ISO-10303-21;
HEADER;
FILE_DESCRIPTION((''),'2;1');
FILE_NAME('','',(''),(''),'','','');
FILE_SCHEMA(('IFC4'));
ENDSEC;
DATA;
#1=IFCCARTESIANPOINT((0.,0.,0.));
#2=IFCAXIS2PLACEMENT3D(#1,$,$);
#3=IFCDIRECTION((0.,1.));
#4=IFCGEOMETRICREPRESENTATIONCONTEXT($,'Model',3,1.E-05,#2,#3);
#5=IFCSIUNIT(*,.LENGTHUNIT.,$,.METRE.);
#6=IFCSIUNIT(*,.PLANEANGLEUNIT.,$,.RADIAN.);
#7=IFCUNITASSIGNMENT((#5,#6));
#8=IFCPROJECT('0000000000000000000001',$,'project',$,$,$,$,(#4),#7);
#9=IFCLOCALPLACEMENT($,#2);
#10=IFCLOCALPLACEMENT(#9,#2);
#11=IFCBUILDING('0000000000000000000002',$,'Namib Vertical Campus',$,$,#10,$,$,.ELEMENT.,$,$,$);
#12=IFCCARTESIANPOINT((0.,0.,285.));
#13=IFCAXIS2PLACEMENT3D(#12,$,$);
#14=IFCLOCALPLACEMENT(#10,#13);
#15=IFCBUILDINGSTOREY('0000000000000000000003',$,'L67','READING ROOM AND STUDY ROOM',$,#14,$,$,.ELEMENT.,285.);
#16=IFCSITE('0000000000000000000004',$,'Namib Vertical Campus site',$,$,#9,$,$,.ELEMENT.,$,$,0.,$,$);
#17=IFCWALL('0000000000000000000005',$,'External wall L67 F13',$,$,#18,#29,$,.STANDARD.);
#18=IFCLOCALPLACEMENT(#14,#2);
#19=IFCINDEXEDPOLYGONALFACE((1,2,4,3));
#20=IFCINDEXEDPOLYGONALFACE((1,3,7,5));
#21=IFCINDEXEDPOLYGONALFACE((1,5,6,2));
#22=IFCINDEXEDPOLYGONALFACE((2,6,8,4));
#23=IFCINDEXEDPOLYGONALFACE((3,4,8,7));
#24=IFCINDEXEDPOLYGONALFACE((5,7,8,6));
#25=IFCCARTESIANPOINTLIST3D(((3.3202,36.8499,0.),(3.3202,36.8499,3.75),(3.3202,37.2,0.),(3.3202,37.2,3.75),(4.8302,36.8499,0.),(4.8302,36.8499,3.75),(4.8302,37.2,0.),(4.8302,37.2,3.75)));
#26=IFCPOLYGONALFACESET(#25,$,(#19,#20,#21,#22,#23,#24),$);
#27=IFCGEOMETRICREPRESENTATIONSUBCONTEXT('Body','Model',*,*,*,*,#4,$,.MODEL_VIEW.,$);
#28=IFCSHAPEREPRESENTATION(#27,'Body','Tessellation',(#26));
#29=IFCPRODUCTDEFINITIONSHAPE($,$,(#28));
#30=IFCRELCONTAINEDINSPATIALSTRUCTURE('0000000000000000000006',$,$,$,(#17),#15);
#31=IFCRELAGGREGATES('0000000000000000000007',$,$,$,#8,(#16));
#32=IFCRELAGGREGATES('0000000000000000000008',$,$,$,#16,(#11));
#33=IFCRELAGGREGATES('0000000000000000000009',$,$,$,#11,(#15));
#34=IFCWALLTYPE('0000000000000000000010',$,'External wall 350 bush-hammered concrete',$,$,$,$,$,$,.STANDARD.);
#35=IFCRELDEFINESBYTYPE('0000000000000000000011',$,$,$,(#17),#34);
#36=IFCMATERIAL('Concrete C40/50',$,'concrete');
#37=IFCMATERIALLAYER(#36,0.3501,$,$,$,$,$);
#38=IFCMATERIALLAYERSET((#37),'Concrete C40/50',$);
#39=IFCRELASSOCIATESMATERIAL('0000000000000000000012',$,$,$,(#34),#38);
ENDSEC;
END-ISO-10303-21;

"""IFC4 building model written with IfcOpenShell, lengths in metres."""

from ifc_helpers import new_model, si_unit, direction, frame, frame_2d, origin, place, context, subcontext, project, spatial, rectangle, extrude, material, layer, layer_set, type_object, element, save


model = new_model("IFC4")

# Units and contexts
model_context = context("Model", 3, precision=1e-05, world=origin(), true_north=direction((0.0, 1.0)))
body_context = subcontext(model_context, "Body", "Model", "MODEL_VIEW")
ifc_project = project(units=[si_unit("LENGTHUNIT", "METRE"), si_unit("PLANEANGLEUNIT", "RADIAN")], contexts=[model_context])

# Site, building, storey
site_placement = place(None, origin())
site = spatial("IfcSite", under=ifc_project, at=site_placement, Name="Namib Vertical Campus site", CompositionType="ELEMENT", RefElevation=0.0)
building_placement = place(site_placement, origin())
building = spatial("IfcBuilding", under=site, at=building_placement, Name="Namib Vertical Campus", CompositionType="ELEMENT")
storey_placement = place(building_placement, frame((0.0, 0.0, 285.0)))
storey = spatial("IfcBuildingStorey", under=building, at=storey_placement, Name="L67", Description="READING ROOM AND STUDY ROOM", CompositionType="ELEMENT", Elevation=285.0)

# Wall
ifc_material_1 = material(Name="Concrete C40/50", Category="concrete")
ifc_layer_1 = layer(ifc_material_1, 0.3501)
ifc_layer_set_1 = layer_set([ifc_layer_1], Name="Concrete C40/50")
wall_type_1 = type_object("IfcWallType", Name="External wall 350 bush-hammered concrete", PredefinedType="STANDARD", material=ifc_layer_set_1)
wall_1_placement = place(storey_placement, frame((4.8301, 37.0249, 0.0), z_axis=(0.0, 0.0, 1.0), x_axis=(-1.0, 0.0, 0.0)))
element("IfcWall", 1, at=wall_1_placement, inside=storey, type_object=wall_type_1, Name="External wall L67 F13", PredefinedType="STANDARD", context=body_context, shape_type="SweptSolid", body=[
    extrude(rectangle(XDim=1.51, YDim=0.3501, at=frame_2d((0.7549, 0.0))), origin(), (0.0, 0.0, 1.0), 3.75),
])

save(model, "model.ifc")
